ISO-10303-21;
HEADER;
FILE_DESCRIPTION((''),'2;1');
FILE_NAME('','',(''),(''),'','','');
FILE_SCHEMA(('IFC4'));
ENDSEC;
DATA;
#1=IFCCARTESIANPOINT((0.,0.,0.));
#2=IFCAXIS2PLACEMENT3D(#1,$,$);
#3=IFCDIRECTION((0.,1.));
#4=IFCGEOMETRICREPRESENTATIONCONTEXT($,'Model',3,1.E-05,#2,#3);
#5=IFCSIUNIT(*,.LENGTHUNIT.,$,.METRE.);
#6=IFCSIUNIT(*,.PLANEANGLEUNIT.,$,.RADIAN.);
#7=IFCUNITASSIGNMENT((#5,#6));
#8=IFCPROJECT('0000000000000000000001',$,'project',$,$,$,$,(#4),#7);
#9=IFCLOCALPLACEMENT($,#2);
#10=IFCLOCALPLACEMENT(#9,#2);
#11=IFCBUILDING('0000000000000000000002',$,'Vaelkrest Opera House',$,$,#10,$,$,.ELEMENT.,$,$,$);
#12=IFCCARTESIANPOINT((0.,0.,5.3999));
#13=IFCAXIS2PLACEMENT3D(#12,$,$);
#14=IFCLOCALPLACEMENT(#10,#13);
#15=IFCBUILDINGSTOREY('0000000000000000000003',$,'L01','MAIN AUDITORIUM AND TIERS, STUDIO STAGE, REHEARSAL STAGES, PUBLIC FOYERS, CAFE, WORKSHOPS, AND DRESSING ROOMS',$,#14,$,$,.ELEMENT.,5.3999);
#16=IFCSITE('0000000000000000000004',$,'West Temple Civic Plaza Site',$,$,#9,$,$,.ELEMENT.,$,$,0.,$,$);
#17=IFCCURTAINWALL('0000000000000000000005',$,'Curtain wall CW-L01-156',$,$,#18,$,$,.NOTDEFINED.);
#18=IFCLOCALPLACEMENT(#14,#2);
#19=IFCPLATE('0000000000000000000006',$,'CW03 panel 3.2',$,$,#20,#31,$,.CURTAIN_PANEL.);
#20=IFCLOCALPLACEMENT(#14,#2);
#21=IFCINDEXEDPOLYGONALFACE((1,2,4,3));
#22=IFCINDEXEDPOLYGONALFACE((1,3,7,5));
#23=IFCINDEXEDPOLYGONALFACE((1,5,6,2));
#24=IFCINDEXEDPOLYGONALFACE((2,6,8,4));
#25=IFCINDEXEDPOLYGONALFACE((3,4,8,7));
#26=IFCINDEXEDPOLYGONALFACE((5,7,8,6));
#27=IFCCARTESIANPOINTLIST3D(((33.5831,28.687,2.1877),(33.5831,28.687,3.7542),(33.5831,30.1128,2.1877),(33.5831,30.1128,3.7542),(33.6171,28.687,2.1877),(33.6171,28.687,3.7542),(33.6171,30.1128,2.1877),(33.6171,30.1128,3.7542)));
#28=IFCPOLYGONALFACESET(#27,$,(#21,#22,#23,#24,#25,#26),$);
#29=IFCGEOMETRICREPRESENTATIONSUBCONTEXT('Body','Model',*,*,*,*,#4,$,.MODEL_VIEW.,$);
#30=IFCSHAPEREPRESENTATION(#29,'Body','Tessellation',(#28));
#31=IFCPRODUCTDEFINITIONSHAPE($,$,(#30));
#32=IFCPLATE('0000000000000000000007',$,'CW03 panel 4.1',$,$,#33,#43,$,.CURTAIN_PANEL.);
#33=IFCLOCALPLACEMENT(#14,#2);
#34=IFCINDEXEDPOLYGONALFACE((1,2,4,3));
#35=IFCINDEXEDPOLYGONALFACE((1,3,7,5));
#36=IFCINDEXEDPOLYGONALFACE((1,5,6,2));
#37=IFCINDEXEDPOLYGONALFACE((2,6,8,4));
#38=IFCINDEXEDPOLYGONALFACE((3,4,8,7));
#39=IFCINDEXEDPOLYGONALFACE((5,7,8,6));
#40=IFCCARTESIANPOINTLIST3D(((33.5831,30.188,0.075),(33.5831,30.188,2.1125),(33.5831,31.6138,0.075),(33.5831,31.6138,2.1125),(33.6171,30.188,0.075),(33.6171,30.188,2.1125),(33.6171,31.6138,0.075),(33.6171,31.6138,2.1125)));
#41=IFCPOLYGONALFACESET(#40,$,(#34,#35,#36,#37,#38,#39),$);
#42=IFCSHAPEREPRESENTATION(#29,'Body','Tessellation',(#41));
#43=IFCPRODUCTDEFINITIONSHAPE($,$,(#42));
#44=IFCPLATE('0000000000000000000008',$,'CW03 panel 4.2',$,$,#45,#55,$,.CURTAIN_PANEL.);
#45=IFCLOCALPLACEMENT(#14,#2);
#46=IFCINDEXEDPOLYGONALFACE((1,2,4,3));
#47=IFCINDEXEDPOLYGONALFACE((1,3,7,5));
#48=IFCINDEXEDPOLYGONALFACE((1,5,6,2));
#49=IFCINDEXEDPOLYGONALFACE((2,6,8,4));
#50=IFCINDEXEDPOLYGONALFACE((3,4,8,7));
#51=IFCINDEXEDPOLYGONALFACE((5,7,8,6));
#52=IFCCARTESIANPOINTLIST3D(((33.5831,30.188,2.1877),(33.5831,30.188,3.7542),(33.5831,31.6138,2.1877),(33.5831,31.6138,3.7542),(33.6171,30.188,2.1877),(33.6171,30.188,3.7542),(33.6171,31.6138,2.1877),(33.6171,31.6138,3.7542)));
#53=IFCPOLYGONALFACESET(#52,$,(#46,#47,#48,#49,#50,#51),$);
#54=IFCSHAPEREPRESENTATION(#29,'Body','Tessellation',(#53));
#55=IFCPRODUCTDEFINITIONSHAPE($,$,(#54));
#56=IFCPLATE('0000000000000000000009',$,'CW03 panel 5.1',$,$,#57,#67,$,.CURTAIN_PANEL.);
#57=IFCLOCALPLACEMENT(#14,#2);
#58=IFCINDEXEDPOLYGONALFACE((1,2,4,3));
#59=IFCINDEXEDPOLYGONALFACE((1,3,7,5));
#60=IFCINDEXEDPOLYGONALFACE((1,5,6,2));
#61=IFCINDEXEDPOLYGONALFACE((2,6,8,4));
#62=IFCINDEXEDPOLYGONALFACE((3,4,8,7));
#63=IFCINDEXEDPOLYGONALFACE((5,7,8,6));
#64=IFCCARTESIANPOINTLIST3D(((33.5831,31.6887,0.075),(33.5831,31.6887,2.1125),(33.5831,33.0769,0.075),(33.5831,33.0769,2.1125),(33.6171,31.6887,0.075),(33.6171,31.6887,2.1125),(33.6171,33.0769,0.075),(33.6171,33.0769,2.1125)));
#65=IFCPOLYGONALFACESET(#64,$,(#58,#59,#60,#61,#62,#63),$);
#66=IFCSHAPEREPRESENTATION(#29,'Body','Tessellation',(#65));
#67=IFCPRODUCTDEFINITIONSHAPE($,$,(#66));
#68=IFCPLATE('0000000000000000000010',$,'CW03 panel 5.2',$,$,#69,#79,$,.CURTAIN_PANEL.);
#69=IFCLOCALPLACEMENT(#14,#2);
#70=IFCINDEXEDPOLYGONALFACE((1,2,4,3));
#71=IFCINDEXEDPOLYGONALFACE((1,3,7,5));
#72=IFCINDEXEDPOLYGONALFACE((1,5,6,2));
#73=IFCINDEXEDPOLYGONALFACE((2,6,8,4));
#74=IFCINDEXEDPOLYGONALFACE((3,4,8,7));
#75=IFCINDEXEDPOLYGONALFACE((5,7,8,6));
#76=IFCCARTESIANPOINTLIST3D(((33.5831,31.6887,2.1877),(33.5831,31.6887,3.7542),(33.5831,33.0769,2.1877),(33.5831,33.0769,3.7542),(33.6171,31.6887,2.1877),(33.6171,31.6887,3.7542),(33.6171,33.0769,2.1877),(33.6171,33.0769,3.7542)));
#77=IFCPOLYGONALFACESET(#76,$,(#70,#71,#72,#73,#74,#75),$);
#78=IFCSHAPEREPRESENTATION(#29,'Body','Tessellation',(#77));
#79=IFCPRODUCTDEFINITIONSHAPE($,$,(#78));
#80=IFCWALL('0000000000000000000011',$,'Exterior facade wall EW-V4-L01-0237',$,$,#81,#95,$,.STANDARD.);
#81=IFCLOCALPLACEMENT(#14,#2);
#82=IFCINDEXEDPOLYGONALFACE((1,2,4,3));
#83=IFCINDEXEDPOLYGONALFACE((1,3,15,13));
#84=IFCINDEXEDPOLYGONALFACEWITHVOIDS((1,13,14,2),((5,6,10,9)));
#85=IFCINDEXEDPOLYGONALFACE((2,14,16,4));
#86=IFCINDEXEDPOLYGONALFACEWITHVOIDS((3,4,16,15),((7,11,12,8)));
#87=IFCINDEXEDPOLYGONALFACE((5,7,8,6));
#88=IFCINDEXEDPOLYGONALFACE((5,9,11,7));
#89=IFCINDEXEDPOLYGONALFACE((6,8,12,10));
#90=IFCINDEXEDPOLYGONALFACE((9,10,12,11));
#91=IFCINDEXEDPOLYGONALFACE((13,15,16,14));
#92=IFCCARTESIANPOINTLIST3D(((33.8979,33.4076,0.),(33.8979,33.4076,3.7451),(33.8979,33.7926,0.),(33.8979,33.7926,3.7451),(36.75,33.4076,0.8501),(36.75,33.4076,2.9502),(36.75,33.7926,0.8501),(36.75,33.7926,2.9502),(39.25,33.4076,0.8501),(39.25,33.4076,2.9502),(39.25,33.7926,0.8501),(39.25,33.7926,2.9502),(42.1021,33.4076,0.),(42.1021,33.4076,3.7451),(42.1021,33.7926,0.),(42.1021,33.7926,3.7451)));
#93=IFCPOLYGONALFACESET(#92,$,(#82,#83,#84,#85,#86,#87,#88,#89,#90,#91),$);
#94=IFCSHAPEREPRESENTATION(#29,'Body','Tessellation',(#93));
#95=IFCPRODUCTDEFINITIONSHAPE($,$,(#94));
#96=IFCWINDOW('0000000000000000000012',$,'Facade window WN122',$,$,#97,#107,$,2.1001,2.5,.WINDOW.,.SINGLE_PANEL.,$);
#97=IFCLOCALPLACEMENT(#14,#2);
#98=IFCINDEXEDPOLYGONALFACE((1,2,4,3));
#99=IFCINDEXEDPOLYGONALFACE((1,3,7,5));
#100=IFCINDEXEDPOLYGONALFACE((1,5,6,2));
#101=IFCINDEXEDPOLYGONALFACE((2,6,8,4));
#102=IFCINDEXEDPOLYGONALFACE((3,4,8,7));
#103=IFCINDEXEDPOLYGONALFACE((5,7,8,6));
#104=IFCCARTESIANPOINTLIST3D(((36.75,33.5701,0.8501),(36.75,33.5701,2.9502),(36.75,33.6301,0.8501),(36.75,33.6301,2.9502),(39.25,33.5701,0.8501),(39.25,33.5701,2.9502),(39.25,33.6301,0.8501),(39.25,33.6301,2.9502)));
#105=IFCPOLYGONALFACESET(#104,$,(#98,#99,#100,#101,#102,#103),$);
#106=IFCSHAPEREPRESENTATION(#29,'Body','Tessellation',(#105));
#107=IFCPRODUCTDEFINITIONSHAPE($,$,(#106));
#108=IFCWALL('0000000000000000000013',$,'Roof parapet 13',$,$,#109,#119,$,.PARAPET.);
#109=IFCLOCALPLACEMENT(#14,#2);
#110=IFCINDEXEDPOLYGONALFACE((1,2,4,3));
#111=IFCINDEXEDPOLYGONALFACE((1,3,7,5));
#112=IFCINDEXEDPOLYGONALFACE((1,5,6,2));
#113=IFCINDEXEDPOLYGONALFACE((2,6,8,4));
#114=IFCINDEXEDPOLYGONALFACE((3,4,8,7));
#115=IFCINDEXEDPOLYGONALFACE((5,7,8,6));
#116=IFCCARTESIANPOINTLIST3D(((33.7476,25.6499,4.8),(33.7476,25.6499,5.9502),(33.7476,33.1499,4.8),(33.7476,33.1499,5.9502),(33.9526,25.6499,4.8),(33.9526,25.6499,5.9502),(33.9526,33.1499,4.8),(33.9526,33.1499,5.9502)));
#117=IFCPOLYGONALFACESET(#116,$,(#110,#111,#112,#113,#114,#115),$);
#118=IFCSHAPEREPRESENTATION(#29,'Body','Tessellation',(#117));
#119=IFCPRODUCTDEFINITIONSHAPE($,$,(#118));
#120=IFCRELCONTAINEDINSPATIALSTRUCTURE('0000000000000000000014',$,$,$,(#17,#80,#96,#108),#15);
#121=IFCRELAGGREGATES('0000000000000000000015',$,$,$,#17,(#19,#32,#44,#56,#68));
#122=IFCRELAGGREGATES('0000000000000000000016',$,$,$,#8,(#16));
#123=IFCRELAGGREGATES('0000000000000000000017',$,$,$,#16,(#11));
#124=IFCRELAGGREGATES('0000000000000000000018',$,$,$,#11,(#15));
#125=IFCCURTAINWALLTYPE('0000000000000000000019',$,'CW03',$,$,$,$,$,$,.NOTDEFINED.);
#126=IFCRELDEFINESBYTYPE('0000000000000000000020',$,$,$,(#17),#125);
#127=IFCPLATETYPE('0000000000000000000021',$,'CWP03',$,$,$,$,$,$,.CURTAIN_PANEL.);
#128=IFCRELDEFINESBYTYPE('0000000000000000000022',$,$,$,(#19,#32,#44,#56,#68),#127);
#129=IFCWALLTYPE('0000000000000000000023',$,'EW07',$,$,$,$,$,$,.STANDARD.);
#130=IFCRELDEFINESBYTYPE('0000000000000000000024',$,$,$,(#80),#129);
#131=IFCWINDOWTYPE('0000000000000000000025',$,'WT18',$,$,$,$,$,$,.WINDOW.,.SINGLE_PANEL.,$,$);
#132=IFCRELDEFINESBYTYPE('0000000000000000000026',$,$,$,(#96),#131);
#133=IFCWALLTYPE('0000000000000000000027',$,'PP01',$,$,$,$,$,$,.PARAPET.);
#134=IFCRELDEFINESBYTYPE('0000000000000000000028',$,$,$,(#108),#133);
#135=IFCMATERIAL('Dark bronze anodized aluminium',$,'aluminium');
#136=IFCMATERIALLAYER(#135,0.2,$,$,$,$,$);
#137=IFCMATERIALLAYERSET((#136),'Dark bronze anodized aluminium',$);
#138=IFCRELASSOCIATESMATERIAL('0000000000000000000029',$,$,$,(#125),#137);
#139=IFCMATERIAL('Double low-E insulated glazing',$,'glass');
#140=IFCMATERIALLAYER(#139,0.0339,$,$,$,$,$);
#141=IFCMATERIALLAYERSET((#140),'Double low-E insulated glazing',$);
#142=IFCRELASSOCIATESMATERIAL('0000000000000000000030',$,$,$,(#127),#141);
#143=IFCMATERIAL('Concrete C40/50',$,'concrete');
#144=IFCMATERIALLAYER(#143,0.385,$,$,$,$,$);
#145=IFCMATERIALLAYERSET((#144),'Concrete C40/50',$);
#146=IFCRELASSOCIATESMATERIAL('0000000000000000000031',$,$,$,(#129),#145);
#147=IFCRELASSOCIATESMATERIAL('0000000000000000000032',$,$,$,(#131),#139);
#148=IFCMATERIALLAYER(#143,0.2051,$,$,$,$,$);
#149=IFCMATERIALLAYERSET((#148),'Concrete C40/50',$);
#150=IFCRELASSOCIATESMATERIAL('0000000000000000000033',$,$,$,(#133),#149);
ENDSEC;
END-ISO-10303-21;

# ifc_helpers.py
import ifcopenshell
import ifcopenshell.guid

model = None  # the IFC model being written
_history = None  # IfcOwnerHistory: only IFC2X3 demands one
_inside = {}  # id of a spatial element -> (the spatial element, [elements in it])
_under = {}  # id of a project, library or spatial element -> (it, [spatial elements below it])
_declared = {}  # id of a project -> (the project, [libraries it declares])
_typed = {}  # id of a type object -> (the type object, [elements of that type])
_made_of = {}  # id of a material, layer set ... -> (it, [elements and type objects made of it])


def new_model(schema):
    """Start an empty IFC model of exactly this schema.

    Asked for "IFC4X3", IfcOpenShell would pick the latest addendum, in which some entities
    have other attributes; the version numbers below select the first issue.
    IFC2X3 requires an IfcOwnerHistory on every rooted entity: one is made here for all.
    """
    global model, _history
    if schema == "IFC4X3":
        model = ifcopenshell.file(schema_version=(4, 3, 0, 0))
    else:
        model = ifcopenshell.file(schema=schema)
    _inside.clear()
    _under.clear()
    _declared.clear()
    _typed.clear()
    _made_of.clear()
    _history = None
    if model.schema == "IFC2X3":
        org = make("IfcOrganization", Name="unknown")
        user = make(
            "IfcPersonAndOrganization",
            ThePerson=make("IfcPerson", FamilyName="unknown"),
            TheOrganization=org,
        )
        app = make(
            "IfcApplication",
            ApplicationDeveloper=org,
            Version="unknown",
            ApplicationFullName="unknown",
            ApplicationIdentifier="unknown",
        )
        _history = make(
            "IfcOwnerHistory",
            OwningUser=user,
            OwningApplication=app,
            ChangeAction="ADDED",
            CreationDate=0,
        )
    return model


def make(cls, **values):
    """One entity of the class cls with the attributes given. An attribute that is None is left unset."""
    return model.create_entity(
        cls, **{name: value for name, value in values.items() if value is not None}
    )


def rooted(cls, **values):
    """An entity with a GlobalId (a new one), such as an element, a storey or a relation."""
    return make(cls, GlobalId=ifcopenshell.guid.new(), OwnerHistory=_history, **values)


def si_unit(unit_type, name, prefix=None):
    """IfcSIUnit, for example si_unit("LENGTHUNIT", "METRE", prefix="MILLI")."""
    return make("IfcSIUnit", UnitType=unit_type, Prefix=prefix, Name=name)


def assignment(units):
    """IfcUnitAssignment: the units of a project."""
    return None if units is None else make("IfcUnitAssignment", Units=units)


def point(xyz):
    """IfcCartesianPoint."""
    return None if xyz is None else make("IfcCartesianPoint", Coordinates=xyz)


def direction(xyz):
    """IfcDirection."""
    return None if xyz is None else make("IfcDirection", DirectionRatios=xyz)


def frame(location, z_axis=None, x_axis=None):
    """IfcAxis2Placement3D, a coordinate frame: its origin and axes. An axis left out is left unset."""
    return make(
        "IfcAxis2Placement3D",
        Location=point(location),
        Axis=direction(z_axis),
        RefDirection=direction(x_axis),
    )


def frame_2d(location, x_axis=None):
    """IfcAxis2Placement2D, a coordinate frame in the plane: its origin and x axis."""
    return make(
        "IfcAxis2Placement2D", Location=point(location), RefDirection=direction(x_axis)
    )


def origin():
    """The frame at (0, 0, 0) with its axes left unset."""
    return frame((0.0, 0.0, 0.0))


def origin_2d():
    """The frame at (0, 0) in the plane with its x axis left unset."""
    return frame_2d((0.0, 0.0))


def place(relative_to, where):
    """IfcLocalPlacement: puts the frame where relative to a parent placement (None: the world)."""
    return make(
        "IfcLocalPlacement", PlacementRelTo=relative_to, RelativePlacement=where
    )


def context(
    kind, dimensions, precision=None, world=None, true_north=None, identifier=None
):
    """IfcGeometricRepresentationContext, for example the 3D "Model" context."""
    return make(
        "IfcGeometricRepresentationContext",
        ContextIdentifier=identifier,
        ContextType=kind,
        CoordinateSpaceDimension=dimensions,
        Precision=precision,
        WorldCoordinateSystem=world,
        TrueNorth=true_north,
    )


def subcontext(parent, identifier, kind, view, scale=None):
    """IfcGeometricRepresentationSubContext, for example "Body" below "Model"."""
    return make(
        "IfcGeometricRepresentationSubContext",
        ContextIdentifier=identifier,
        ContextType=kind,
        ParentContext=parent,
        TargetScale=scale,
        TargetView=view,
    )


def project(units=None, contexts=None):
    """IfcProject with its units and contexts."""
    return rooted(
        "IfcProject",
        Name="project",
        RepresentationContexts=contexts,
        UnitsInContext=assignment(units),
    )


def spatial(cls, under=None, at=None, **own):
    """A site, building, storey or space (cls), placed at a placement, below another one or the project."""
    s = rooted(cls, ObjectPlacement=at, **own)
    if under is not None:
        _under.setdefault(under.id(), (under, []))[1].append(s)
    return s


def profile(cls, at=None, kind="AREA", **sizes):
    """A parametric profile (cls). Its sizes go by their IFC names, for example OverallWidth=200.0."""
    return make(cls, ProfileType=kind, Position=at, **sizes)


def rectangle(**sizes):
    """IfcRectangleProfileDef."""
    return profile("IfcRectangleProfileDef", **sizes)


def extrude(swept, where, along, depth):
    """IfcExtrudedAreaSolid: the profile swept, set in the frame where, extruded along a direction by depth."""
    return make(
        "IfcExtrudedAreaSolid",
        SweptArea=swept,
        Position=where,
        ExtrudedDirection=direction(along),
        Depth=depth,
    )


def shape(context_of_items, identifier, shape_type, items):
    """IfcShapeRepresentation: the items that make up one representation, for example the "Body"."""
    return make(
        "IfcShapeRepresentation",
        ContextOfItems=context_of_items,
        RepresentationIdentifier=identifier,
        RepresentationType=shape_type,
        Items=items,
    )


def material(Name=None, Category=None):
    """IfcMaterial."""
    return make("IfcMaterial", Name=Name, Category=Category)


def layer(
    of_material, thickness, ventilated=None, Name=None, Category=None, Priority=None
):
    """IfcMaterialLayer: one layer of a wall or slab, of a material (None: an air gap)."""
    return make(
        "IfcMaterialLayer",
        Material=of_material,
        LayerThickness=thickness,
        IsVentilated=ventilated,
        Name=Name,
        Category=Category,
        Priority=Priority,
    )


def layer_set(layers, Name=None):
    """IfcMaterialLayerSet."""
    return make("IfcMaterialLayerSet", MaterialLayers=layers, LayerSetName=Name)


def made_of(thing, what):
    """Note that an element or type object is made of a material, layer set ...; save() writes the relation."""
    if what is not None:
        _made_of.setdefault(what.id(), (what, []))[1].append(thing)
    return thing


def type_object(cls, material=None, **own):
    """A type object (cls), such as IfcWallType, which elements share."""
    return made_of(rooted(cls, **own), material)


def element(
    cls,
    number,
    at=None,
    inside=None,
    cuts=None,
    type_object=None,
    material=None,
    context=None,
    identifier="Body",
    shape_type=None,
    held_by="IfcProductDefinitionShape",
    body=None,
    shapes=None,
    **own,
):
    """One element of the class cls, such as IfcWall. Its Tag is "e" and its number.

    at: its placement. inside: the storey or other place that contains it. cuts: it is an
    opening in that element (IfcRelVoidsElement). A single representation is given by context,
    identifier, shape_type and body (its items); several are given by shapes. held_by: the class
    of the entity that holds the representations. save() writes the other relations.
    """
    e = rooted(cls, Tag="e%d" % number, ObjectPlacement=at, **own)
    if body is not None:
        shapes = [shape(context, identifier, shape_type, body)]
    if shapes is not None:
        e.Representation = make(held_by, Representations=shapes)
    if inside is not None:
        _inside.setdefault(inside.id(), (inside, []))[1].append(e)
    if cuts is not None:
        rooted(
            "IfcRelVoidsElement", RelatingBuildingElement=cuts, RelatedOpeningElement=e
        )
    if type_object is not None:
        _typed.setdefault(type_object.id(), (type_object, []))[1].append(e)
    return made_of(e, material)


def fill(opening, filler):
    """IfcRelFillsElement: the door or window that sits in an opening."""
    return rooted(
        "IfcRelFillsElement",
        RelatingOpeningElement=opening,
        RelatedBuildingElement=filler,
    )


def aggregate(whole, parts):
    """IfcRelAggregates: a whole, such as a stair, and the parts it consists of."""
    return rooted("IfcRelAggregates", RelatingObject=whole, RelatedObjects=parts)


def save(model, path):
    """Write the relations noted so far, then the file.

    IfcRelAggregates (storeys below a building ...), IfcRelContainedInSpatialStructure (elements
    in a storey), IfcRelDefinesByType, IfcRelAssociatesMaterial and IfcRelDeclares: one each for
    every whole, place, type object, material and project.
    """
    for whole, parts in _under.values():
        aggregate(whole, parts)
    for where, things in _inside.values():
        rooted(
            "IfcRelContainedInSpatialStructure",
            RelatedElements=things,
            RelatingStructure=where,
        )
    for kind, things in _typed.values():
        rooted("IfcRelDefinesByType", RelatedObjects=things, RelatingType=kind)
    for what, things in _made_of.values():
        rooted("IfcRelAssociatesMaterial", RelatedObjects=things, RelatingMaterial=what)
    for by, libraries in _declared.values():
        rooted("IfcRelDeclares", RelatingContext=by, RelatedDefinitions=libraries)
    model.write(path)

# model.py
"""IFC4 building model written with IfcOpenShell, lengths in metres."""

from ifc_helpers import new_model, si_unit, direction, frame, frame_2d, origin, origin_2d, place, context, subcontext, project, spatial, rectangle, extrude, material, layer, layer_set, type_object, element, fill, aggregate, save


model = new_model("IFC4")

# Units and contexts
model_context = context("Model", 3, precision=1e-05, world=origin(), true_north=direction((0.0, 1.0)))
body_context = subcontext(model_context, "Body", "Model", "MODEL_VIEW")
ifc_project = project(units=[si_unit("LENGTHUNIT", "METRE"), si_unit("PLANEANGLEUNIT", "RADIAN")], contexts=[model_context])

# Site, building, storey
site_placement = place(None, origin())
site = spatial("IfcSite", under=ifc_project, at=site_placement, Name="West Temple Civic Plaza Site", CompositionType="ELEMENT", RefElevation=0.0)
building_placement = place(site_placement, origin())
building = spatial("IfcBuilding", under=site, at=building_placement, Name="Vaelkrest Opera House", CompositionType="ELEMENT")
storey_placement = place(building_placement, frame((0.0, 0.0, 5.3999)))
storey = spatial("IfcBuildingStorey", under=building, at=storey_placement, Name="L01", Description="MAIN AUDITORIUM AND TIERS, STUDIO STAGE, REHEARSAL STAGES, PUBLIC FOYERS, CAFE, WORKSHOPS, AND DRESSING ROOMS", CompositionType="ELEMENT", Elevation=5.3999)

# Curtain wall
ifc_material_1 = material(Name="Dark bronze anodized aluminium", Category="aluminium")
ifc_layer_1 = layer(ifc_material_1, 0.2)
ifc_layer_set_1 = layer_set([ifc_layer_1], Name="Dark bronze anodized aluminium")
curtain_wall_type = type_object("IfcCurtainWallType", Name="CW03", PredefinedType="NOTDEFINED", material=ifc_layer_set_1)
curtain_wall_placement = place(storey_placement, origin())
curtain_wall = element("IfcCurtainWall", 1, at=curtain_wall_placement, inside=storey, type_object=curtain_wall_type, Name="Curtain wall CW-L01-156", PredefinedType="NOTDEFINED")

# Plates
ifc_material_2 = material(Name="Double low-E insulated glazing", Category="glass")
ifc_layer_2 = layer(ifc_material_2, 0.0339)
ifc_layer_set_2 = layer_set([ifc_layer_2], Name="Double low-E insulated glazing")
plate_type = type_object("IfcPlateType", Name="CWP03", PredefinedType="CURTAIN_PANEL", material=ifc_layer_set_2)
plate_1_placement = place(storey_placement, frame((33.6001, 29.3999, 2.1877), z_axis=(0.0, 0.0, 1.0), x_axis=(0.0, 1.0, 0.0)))
plate_1 = element("IfcPlate", 2, at=plate_1_placement, type_object=plate_type, Name="CW03 panel 3.2", PredefinedType="CURTAIN_PANEL", context=body_context, shape_type="SweptSolid", body=[
    extrude(rectangle(XDim=1.4258, YDim=0.0339, at=origin_2d()), origin(), (0.0, 0.0, 1.0), 1.5664),
])
plate_2_placement = place(storey_placement, frame((33.6001, 30.9009, 0.075), z_axis=(0.0, 0.0, 1.0), x_axis=(0.0, 1.0, 0.0)))
plate_2 = element("IfcPlate", 3, at=plate_2_placement, type_object=plate_type, Name="CW03 panel 4.1", PredefinedType="CURTAIN_PANEL", context=body_context, shape_type="SweptSolid", body=[
    extrude(rectangle(XDim=1.4258, YDim=0.0339, at=origin_2d()), origin(), (0.0, 0.0, 1.0), 2.0376),
])
plate_3_placement = place(storey_placement, frame((33.6001, 30.9009, 2.1877), z_axis=(0.0, 0.0, 1.0), x_axis=(0.0, 1.0, 0.0)))
plate_3 = element("IfcPlate", 4, at=plate_3_placement, type_object=plate_type, Name="CW03 panel 4.2", PredefinedType="CURTAIN_PANEL", context=body_context, shape_type="SweptSolid", body=[
    extrude(rectangle(XDim=1.4258, YDim=0.0339, at=origin_2d()), origin(), (0.0, 0.0, 1.0), 1.5664),
])
plate_4_placement = place(storey_placement, frame((33.6001, 32.3828, 0.075), z_axis=(0.0, 0.0, 1.0), x_axis=(0.0, 1.0, 0.0)))
plate_4 = element("IfcPlate", 5, at=plate_4_placement, type_object=plate_type, Name="CW03 panel 5.1", PredefinedType="CURTAIN_PANEL", context=body_context, shape_type="SweptSolid", body=[
    extrude(rectangle(XDim=1.3882, YDim=0.0339, at=origin_2d()), origin(), (0.0, 0.0, 1.0), 2.0376),
])
plate_5_placement = place(storey_placement, frame((33.6001, 32.3828, 2.1877), z_axis=(0.0, 0.0, 1.0), x_axis=(0.0, 1.0, 0.0)))
plate_5 = element("IfcPlate", 6, at=plate_5_placement, type_object=plate_type, Name="CW03 panel 5.2", PredefinedType="CURTAIN_PANEL", context=body_context, shape_type="SweptSolid", body=[
    extrude(rectangle(XDim=1.3882, YDim=0.0339, at=origin_2d()), origin(), (0.0, 0.0, 1.0), 1.5664),
])
aggregate(curtain_wall, [plate_1, plate_2, plate_3, plate_4, plate_5])

# Wall, opening, window
ifc_material_3 = material(Name="Concrete C40/50", Category="concrete")
ifc_layer_3 = layer(ifc_material_3, 0.385)
ifc_layer_set_3 = layer_set([ifc_layer_3], Name="Concrete C40/50")
wall_type_1 = type_object("IfcWallType", Name="EW07", PredefinedType="STANDARD", material=ifc_layer_set_3)
wall_1_placement = place(storey_placement, frame((33.8979, 33.6001, 0.0), z_axis=(0.0, 0.0, 1.0), x_axis=(1.0, 0.0, 0.0)))
wall_1 = element("IfcWall", 7, at=wall_1_placement, inside=storey, type_object=wall_type_1, Name="Exterior facade wall EW-V4-L01-0237", PredefinedType="STANDARD", context=body_context, shape_type="SweptSolid", body=[
    extrude(rectangle(XDim=8.2041, YDim=0.385, at=frame_2d((4.1021, 0.0))), origin(), (0.0, 0.0, 1.0), 3.7451),
])
opening_placement = place(wall_1_placement, frame((2.8521, 0.0, 0.8501)))
opening = element("IfcOpeningElement", 8, at=opening_placement, cuts=wall_1, PredefinedType="OPENING", context=body_context, shape_type="SweptSolid", body=[
    extrude(rectangle(XDim=2.5, YDim=2.1001, at=frame_2d((1.25, 1.05))), frame((0.0, 0.2024, 0.0), z_axis=(0.0, -1.0, 0.0), x_axis=(1.0, 0.0, 0.0)), (0.0, 0.0, 1.0), 0.405),
])
window_type = type_object("IfcWindowType", Name="WT18", PartitioningType="SINGLE_PANEL", PredefinedType="WINDOW", material=ifc_material_2)
window_placement = place(opening_placement, origin())
window = element("IfcWindow", 9, at=window_placement, inside=storey, type_object=window_type, Name="Facade window WN122", OverallHeight=2.1001, OverallWidth=2.5, PartitioningType="SINGLE_PANEL", PredefinedType="WINDOW", context=body_context, shape_type="SweptSolid", body=[
    extrude(rectangle(XDim=2.5, YDim=2.1001, at=frame_2d((1.25, 1.05))), frame((0.0, 0.03, 0.0), z_axis=(0.0, -1.0, 0.0), x_axis=(1.0, 0.0, 0.0)), (0.0, 0.0, 1.0), 0.0601),
])
fill(opening, window)

# Wall
ifc_layer_4 = layer(ifc_material_3, 0.2051)
ifc_layer_set_4 = layer_set([ifc_layer_4], Name="Concrete C40/50")
wall_type_2 = type_object("IfcWallType", Name="PP01", PredefinedType="PARAPET", material=ifc_layer_set_4)
wall_2_placement = place(storey_placement, frame((33.8501, 33.1499, 4.8), z_axis=(0.0, 0.0, 1.0), x_axis=(0.0, -1.0, 0.0)))
element("IfcWall", 10, at=wall_2_placement, inside=storey, type_object=wall_type_2, Name="Roof parapet 13", PredefinedType="PARAPET", context=body_context, shape_type="SweptSolid", body=[
    extrude(rectangle(XDim=7.5, YDim=0.2051, at=frame_2d((3.75, 0.0))), origin(), (0.0, 0.0, 1.0), 1.1501),
])

save(model, "model.ifc")
